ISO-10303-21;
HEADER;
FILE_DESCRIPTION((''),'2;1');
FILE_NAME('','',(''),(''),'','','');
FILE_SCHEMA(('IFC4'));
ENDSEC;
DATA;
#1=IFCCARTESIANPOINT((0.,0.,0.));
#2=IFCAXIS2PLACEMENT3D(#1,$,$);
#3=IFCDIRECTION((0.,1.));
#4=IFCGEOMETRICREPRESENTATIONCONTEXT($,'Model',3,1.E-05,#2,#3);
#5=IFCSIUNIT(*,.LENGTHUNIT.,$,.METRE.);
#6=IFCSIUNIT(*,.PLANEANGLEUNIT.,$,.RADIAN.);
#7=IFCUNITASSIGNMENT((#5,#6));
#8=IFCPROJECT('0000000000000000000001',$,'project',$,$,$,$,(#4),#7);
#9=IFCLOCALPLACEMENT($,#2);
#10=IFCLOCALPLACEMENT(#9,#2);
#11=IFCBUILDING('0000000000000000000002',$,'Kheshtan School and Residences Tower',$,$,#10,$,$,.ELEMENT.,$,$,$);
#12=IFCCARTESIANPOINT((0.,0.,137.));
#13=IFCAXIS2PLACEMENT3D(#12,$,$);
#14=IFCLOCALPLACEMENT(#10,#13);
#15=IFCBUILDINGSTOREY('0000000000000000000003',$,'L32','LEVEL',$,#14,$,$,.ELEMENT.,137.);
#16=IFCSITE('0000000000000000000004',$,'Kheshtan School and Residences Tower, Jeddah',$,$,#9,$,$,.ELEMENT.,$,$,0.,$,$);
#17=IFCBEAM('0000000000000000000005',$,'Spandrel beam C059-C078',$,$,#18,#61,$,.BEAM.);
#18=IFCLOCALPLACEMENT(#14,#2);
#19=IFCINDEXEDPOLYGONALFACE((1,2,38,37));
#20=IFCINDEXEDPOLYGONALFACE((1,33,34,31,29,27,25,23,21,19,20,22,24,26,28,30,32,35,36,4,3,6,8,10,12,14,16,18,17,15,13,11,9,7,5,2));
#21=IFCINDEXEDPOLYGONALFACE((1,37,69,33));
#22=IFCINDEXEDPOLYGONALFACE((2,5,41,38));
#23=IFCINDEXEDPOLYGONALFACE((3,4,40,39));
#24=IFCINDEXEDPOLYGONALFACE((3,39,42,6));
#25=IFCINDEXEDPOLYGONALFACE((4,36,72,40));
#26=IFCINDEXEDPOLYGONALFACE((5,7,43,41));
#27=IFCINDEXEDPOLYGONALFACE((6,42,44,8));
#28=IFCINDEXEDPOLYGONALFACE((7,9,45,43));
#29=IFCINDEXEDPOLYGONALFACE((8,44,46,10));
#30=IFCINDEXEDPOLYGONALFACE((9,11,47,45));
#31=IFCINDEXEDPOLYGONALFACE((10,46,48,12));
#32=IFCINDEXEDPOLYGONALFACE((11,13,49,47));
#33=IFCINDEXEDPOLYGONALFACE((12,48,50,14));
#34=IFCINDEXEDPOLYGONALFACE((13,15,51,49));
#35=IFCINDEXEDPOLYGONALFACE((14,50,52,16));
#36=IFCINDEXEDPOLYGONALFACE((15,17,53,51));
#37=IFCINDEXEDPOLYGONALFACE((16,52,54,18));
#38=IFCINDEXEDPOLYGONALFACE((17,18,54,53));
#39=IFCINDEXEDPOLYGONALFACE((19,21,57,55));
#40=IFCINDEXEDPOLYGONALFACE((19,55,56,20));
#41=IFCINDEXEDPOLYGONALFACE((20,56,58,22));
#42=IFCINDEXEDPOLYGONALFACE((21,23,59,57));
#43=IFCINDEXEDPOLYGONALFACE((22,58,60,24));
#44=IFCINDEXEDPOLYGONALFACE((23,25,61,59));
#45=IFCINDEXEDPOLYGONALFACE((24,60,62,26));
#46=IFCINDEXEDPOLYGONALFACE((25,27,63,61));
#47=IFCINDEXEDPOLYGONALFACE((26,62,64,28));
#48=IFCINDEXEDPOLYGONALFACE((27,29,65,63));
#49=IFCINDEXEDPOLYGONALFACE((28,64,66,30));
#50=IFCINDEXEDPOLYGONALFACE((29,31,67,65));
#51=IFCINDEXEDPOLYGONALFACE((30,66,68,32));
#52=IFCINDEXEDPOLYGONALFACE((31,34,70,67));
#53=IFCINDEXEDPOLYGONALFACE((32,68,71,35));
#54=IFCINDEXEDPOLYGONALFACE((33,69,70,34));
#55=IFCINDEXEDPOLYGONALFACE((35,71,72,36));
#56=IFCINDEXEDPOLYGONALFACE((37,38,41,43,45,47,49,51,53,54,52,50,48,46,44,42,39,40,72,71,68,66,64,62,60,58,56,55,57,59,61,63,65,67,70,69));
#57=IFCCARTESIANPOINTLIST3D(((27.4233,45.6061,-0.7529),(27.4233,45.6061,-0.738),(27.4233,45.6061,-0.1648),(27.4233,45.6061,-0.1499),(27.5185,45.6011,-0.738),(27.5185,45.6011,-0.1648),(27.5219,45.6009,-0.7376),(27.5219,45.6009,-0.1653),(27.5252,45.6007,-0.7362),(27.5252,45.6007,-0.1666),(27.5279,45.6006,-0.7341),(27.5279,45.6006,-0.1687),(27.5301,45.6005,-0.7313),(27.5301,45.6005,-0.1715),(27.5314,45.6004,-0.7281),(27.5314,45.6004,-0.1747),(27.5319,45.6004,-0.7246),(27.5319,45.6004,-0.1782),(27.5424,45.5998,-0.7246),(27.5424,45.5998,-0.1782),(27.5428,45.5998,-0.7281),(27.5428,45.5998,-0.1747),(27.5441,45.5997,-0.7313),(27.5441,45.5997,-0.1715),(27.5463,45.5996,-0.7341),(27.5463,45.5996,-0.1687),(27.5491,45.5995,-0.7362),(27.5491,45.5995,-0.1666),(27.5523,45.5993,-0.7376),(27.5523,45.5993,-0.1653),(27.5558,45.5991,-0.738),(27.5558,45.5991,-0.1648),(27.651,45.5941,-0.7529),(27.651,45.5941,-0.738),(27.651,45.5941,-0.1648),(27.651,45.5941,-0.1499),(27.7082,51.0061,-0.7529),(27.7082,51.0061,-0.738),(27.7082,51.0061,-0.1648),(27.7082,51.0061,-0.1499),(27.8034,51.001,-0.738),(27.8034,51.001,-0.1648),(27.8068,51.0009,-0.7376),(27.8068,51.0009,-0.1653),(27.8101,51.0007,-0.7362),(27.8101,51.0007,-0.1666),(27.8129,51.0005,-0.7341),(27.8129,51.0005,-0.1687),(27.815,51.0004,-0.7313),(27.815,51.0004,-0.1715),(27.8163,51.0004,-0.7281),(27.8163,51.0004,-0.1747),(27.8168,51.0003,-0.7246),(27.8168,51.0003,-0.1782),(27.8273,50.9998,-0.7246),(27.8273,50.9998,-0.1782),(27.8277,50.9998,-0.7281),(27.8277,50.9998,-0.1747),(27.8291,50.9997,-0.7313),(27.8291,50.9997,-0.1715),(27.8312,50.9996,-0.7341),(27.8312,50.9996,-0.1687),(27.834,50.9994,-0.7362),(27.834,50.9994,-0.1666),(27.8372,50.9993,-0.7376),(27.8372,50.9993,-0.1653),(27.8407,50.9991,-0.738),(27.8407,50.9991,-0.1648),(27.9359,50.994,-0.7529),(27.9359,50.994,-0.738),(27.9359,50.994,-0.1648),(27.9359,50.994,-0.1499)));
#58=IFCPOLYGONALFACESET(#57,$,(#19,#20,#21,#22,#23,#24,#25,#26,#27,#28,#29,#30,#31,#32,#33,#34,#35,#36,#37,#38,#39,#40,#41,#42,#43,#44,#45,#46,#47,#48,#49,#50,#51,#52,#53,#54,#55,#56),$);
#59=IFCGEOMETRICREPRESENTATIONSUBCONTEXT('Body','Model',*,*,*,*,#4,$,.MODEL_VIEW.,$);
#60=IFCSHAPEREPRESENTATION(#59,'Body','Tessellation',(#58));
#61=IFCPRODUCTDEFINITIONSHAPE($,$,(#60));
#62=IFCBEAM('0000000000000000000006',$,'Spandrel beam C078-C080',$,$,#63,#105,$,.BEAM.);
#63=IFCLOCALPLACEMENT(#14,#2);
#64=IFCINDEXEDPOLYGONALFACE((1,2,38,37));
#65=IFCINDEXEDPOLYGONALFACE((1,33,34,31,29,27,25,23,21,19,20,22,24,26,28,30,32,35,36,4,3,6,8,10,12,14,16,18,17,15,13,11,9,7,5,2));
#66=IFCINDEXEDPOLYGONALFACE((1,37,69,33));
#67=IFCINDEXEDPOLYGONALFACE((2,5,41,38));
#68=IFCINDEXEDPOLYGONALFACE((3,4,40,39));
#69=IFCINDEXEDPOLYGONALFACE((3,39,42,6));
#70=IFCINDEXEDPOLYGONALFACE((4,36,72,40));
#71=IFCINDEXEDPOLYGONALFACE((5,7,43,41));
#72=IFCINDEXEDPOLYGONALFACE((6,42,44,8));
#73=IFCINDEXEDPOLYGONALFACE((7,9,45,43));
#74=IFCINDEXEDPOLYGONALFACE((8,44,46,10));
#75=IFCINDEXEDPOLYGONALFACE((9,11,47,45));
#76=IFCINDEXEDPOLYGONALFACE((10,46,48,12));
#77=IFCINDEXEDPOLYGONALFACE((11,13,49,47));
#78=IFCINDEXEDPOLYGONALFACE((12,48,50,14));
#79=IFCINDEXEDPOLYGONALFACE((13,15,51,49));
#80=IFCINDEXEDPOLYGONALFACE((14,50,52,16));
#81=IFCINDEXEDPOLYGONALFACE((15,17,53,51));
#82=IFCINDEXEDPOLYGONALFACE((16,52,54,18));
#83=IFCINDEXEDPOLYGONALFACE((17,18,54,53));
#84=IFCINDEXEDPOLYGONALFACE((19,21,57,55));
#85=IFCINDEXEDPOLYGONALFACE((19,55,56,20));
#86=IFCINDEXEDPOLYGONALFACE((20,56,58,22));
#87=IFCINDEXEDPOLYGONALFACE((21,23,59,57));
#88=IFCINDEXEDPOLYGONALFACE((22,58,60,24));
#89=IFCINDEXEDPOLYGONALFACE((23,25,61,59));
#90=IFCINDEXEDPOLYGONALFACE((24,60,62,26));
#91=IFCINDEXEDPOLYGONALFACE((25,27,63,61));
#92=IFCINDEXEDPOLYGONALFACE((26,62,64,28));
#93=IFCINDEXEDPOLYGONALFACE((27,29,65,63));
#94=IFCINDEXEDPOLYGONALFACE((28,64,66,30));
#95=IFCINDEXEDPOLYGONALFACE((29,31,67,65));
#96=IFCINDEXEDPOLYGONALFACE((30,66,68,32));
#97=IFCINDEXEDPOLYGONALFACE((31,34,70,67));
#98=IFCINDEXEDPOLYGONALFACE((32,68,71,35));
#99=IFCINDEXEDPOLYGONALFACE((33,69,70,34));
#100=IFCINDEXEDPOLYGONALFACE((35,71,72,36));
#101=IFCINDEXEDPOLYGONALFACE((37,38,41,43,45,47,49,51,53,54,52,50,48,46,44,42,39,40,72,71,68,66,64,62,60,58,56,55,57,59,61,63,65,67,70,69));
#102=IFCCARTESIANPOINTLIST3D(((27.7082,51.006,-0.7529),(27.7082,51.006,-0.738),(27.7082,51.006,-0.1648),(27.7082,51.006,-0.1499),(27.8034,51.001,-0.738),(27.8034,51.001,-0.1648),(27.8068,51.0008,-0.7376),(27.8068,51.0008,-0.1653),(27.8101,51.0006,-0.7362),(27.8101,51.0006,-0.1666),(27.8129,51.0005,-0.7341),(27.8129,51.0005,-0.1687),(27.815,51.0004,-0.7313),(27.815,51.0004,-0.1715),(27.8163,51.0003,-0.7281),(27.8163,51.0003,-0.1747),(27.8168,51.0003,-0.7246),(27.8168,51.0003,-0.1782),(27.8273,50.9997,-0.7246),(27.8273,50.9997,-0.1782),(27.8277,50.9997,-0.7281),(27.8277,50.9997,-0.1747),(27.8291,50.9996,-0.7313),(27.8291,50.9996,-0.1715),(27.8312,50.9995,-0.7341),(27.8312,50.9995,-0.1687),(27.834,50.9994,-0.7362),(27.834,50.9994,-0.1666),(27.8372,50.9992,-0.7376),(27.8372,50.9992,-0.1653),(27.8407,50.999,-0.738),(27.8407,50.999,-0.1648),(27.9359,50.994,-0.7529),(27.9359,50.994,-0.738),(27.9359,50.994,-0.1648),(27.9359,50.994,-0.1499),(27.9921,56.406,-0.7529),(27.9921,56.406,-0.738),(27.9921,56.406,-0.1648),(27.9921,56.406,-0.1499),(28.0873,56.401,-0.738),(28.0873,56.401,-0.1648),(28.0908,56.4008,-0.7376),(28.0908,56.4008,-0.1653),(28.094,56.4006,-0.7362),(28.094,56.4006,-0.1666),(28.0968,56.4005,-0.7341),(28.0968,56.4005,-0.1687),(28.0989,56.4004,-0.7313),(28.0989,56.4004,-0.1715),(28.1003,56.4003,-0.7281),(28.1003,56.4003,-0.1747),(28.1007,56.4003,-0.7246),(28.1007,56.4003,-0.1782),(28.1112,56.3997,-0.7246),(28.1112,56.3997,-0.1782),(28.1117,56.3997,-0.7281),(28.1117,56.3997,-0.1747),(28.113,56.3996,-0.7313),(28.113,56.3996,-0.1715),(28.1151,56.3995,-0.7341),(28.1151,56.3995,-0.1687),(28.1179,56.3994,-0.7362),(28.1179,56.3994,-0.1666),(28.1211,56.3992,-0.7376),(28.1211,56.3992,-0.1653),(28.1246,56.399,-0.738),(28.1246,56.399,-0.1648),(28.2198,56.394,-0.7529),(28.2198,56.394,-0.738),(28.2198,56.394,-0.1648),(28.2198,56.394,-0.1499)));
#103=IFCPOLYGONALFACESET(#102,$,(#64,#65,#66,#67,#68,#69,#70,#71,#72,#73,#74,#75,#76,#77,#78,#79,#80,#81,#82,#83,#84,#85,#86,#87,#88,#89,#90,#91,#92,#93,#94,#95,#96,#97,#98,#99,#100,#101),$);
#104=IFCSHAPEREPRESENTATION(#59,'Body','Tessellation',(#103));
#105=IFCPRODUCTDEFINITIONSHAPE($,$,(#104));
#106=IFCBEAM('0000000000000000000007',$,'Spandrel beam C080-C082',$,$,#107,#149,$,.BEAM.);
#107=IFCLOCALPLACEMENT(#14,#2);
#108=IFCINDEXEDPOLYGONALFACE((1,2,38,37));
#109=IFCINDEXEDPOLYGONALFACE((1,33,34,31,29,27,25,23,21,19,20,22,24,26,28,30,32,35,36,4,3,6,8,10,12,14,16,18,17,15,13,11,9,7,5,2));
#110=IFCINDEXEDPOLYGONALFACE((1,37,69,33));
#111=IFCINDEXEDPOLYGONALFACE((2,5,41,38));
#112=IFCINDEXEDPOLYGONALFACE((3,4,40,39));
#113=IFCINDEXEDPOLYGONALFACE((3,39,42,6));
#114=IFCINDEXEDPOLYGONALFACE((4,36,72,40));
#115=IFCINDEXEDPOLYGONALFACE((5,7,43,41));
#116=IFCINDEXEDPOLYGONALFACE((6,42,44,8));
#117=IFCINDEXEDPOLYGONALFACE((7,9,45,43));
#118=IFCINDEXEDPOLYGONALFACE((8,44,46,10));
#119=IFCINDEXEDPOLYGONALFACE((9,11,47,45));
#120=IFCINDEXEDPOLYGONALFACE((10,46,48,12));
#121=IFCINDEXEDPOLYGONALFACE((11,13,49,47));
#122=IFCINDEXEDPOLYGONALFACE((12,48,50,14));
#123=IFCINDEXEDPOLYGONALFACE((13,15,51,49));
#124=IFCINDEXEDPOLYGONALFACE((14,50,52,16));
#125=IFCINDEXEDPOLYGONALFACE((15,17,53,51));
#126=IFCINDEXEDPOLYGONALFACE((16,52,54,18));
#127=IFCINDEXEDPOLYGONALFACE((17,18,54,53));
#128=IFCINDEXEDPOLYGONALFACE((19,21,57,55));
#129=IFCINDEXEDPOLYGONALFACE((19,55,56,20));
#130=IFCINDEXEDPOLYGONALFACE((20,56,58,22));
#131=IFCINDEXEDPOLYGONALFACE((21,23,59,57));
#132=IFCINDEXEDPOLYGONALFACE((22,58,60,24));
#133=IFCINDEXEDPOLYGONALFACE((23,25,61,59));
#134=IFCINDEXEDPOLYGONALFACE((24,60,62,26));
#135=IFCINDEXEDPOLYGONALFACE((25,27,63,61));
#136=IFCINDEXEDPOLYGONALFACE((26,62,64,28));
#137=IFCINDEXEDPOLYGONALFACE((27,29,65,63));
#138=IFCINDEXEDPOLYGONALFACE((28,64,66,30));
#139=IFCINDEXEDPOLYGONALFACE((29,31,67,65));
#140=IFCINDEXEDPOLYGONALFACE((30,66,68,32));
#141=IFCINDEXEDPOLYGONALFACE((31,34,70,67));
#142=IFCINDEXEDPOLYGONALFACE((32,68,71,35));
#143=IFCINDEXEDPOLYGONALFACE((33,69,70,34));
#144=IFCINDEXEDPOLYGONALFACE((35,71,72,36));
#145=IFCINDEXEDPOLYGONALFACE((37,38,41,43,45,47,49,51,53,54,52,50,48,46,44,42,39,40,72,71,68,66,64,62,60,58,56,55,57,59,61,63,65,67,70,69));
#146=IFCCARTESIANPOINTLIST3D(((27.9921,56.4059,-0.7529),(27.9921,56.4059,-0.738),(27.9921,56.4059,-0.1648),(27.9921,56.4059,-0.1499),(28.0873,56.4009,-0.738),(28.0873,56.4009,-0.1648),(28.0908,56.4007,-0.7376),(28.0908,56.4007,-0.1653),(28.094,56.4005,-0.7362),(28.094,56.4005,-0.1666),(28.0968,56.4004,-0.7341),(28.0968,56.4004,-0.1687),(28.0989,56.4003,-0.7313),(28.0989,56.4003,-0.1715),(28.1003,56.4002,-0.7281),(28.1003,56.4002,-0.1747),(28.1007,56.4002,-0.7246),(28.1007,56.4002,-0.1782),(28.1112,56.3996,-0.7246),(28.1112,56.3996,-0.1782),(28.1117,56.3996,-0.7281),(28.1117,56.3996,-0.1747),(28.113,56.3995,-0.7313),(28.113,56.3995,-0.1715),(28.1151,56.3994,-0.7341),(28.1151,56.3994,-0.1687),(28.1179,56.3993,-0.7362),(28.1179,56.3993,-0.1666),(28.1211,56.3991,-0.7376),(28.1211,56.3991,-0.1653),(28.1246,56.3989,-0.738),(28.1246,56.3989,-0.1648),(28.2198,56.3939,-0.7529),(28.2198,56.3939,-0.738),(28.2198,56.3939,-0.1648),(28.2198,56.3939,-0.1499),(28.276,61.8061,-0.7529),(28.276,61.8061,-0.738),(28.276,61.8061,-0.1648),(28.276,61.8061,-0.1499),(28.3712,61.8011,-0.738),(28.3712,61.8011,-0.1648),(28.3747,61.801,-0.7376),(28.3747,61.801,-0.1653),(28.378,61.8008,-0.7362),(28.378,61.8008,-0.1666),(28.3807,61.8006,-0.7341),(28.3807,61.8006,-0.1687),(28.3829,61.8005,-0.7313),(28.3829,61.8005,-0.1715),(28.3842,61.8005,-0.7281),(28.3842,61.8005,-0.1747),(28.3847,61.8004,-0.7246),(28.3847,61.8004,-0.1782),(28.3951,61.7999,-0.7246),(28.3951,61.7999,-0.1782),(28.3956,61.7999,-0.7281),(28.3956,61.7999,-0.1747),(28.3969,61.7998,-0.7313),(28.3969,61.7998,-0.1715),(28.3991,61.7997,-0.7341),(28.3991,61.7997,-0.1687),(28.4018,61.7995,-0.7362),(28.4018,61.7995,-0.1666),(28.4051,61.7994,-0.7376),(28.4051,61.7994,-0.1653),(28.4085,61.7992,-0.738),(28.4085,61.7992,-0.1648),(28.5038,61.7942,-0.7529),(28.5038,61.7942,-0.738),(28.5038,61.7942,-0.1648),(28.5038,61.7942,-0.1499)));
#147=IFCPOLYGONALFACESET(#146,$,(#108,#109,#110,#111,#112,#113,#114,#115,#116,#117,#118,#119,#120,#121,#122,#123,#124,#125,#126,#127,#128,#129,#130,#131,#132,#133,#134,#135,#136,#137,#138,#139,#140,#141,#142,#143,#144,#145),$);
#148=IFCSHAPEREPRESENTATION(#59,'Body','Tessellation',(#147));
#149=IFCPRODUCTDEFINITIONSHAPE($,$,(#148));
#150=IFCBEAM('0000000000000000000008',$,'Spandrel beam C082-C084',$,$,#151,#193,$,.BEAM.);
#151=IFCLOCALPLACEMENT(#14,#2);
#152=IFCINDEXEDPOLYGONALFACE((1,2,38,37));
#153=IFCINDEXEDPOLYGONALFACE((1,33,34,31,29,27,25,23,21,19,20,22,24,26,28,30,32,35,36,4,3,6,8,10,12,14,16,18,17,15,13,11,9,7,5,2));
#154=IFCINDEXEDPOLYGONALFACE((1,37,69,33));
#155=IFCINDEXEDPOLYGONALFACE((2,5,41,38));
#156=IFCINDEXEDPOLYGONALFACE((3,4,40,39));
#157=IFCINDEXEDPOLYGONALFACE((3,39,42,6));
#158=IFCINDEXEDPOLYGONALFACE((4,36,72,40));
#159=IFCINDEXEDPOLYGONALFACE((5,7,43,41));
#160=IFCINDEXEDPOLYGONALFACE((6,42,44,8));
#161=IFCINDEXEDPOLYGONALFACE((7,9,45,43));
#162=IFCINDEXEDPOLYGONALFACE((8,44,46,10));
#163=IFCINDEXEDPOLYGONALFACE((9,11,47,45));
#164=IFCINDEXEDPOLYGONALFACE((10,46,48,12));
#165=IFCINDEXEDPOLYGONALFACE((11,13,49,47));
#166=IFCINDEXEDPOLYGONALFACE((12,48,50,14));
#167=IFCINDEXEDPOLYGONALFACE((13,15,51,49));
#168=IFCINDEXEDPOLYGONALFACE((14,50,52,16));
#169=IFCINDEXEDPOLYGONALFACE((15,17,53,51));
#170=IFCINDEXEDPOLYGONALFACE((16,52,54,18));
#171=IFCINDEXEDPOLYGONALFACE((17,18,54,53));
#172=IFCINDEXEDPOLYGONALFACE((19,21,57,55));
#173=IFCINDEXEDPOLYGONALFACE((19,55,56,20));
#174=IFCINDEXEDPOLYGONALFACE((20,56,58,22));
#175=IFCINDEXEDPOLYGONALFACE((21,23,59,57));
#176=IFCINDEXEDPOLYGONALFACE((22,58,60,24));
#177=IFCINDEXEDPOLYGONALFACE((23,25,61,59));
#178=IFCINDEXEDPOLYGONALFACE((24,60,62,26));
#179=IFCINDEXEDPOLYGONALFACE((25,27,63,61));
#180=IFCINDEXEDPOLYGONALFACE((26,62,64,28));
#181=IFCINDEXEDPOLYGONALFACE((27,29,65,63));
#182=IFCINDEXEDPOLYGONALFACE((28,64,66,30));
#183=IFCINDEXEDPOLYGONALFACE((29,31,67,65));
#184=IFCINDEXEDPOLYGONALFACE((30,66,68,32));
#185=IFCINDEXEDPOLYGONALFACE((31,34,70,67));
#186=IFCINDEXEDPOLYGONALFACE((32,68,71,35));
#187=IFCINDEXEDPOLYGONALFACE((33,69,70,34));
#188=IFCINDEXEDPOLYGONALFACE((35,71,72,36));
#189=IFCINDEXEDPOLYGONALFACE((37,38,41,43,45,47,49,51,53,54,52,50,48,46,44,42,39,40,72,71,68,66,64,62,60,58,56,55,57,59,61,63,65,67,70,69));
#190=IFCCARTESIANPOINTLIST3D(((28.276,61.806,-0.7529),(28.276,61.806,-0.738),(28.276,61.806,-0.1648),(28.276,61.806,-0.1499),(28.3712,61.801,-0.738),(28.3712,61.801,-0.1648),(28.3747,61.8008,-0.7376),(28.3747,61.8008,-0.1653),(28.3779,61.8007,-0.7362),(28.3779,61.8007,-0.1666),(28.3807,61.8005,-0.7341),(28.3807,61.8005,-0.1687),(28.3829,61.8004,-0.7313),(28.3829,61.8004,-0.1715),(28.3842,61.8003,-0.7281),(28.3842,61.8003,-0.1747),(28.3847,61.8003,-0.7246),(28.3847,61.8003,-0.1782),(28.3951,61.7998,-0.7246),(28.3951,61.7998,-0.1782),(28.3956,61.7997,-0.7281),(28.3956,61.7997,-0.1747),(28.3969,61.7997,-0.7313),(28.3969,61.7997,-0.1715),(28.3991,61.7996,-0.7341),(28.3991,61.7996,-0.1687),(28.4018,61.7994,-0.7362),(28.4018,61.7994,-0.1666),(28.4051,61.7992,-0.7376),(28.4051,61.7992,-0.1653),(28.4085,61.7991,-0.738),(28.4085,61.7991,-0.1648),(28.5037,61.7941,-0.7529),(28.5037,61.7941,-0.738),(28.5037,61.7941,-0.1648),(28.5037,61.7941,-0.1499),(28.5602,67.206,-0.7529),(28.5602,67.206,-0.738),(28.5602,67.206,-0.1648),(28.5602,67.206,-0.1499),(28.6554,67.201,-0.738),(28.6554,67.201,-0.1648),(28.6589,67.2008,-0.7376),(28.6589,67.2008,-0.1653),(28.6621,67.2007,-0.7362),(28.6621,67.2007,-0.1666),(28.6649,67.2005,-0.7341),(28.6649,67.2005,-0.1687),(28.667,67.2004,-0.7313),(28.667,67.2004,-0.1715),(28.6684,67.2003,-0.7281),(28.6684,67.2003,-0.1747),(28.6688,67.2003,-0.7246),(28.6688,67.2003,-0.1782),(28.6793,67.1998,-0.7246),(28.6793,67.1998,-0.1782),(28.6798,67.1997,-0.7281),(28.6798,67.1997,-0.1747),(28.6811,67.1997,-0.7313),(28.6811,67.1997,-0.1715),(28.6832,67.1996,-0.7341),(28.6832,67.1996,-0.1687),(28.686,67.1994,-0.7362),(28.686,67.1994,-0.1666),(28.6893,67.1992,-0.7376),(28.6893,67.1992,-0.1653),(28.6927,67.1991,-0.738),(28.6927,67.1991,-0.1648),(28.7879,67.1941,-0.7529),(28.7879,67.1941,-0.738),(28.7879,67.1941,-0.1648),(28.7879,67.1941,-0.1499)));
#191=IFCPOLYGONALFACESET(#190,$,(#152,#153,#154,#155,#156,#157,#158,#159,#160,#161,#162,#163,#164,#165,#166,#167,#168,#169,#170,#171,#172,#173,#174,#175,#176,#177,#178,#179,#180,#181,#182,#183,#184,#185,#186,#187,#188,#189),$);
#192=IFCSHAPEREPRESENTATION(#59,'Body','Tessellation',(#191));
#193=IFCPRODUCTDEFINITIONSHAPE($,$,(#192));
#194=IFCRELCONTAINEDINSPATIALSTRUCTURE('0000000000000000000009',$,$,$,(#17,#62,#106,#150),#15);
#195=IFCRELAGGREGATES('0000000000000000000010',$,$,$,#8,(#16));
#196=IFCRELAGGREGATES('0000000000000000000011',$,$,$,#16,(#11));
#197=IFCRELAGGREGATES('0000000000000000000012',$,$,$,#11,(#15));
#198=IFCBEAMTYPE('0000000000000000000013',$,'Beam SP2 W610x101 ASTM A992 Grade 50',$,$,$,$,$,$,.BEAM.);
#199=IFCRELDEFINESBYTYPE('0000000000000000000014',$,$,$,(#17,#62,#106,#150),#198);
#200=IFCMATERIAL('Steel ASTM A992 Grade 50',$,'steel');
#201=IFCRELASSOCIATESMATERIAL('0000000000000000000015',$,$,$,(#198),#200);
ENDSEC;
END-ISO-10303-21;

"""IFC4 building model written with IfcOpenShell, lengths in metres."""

from ifc_helpers import new_model, si_unit, direction, frame, origin, origin_2d, place, context, subcontext, project, spatial, i_section, extrude, material, material_profile, profile_set, type_object, element, save


model = new_model("IFC4")

# Units and contexts
model_context = context("Model", 3, precision=1e-05, world=origin(), true_north=direction((0.0, 1.0)))
body_context = subcontext(model_context, "Body", "Model", "MODEL_VIEW")
ifc_project = project(units=[si_unit("LENGTHUNIT", "METRE"), si_unit("PLANEANGLEUNIT", "RADIAN")], contexts=[model_context])

# Site, building, storey
site_placement = place(None, origin())
site = spatial("IfcSite", under=ifc_project, at=site_placement, Name="Kheshtan School and Residences Tower, Jeddah", CompositionType="ELEMENT", RefElevation=0.0)
building_placement = place(site_placement, origin())
building = spatial("IfcBuilding", under=site, at=building_placement, Name="Kheshtan School and Residences Tower", CompositionType="ELEMENT")
storey_placement = place(building_placement, frame((0.0, 0.0, 137.0)))
storey = spatial("IfcBuildingStorey", under=building, at=storey_placement, Name="L32", Description="LEVEL", CompositionType="ELEMENT", Elevation=137.0)

# Shared definitions
ifc_material_1 = material(Name="Steel ASTM A992 Grade 50", Category="steel")

# Beams
ifc_material_profile_1 = material_profile(ifc_material_1, i_section(OverallWidth=0.228, OverallDepth=0.603, WebThickness=0.0105, FlangeThickness=0.0149, FilletRadius=0.0134, at=origin_2d()), Name="W610x101")
ifc_profile_set_1 = profile_set([ifc_material_profile_1], Name="Steel ASTM A992 Grade 50")
beam_type_1 = type_object("IfcBeamType", Name="Beam SP2 W610x101 ASTM A992 Grade 50", PredefinedType="BEAM", material=ifc_profile_set_1)
for number, where, z_axis, x_axis, name in (
    (1, (27.5371, 45.6001, -0.4514), (0.052689, 0.998611, 0.0), (-0.998611, 0.052689, 0.0), "Spandrel beam C059-C078"),
    (2, (27.822, 51.0, -0.4514), (0.052509, 0.99862, 0.0), (-0.99862, 0.052509, 0.0), "Spandrel beam C078-C080"),
):
    element("IfcBeam", number, at=place(storey_placement, frame(where, z_axis=z_axis, x_axis=x_axis)), inside=storey, type_object=beam_type_1, Name=name, PredefinedType="BEAM", context=body_context, shape_type="SweptSolid", body=[
        extrude(i_section(OverallWidth=0.228, OverallDepth=0.603, WebThickness=0.0105, FlangeThickness=0.0149, FilletRadius=0.0134, at=origin_2d()), origin(), (0.0, 0.0, 1.0), 5.4075),
    ])
beam_1_placement = place(storey_placement, frame((28.106, 56.3999, -0.4514), z_axis=(0.052507, 0.998621, 0.0), x_axis=(-0.998621, 0.052507, 0.0)))
element("IfcBeam", 3, at=beam_1_placement, inside=storey, type_object=beam_type_1, Name="Spandrel beam C080-C082", PredefinedType="BEAM", context=body_context, shape_type="SweptSolid", body=[
    extrude(i_section(OverallWidth=0.228, OverallDepth=0.603, WebThickness=0.0105, FlangeThickness=0.0149, FilletRadius=0.0134, at=origin_2d()), origin(), (0.0, 0.0, 1.0), 5.4077),
])
beam_2_placement = place(storey_placement, frame((28.3899, 61.8, -0.4514), z_axis=(0.052554, 0.998618, 0.0), x_axis=(-0.998618, 0.052554, 0.0)))
element("IfcBeam", 4, at=beam_2_placement, inside=storey, type_object=beam_type_1, Name="Spandrel beam C082-C084", PredefinedType="BEAM", context=body_context, shape_type="SweptSolid", body=[
    extrude(i_section(OverallWidth=0.228, OverallDepth=0.603, WebThickness=0.0105, FlangeThickness=0.0149, FilletRadius=0.0134, at=origin_2d()), origin(), (0.0, 0.0, 1.0), 5.4075),
])

save(model, "model.ifc")
